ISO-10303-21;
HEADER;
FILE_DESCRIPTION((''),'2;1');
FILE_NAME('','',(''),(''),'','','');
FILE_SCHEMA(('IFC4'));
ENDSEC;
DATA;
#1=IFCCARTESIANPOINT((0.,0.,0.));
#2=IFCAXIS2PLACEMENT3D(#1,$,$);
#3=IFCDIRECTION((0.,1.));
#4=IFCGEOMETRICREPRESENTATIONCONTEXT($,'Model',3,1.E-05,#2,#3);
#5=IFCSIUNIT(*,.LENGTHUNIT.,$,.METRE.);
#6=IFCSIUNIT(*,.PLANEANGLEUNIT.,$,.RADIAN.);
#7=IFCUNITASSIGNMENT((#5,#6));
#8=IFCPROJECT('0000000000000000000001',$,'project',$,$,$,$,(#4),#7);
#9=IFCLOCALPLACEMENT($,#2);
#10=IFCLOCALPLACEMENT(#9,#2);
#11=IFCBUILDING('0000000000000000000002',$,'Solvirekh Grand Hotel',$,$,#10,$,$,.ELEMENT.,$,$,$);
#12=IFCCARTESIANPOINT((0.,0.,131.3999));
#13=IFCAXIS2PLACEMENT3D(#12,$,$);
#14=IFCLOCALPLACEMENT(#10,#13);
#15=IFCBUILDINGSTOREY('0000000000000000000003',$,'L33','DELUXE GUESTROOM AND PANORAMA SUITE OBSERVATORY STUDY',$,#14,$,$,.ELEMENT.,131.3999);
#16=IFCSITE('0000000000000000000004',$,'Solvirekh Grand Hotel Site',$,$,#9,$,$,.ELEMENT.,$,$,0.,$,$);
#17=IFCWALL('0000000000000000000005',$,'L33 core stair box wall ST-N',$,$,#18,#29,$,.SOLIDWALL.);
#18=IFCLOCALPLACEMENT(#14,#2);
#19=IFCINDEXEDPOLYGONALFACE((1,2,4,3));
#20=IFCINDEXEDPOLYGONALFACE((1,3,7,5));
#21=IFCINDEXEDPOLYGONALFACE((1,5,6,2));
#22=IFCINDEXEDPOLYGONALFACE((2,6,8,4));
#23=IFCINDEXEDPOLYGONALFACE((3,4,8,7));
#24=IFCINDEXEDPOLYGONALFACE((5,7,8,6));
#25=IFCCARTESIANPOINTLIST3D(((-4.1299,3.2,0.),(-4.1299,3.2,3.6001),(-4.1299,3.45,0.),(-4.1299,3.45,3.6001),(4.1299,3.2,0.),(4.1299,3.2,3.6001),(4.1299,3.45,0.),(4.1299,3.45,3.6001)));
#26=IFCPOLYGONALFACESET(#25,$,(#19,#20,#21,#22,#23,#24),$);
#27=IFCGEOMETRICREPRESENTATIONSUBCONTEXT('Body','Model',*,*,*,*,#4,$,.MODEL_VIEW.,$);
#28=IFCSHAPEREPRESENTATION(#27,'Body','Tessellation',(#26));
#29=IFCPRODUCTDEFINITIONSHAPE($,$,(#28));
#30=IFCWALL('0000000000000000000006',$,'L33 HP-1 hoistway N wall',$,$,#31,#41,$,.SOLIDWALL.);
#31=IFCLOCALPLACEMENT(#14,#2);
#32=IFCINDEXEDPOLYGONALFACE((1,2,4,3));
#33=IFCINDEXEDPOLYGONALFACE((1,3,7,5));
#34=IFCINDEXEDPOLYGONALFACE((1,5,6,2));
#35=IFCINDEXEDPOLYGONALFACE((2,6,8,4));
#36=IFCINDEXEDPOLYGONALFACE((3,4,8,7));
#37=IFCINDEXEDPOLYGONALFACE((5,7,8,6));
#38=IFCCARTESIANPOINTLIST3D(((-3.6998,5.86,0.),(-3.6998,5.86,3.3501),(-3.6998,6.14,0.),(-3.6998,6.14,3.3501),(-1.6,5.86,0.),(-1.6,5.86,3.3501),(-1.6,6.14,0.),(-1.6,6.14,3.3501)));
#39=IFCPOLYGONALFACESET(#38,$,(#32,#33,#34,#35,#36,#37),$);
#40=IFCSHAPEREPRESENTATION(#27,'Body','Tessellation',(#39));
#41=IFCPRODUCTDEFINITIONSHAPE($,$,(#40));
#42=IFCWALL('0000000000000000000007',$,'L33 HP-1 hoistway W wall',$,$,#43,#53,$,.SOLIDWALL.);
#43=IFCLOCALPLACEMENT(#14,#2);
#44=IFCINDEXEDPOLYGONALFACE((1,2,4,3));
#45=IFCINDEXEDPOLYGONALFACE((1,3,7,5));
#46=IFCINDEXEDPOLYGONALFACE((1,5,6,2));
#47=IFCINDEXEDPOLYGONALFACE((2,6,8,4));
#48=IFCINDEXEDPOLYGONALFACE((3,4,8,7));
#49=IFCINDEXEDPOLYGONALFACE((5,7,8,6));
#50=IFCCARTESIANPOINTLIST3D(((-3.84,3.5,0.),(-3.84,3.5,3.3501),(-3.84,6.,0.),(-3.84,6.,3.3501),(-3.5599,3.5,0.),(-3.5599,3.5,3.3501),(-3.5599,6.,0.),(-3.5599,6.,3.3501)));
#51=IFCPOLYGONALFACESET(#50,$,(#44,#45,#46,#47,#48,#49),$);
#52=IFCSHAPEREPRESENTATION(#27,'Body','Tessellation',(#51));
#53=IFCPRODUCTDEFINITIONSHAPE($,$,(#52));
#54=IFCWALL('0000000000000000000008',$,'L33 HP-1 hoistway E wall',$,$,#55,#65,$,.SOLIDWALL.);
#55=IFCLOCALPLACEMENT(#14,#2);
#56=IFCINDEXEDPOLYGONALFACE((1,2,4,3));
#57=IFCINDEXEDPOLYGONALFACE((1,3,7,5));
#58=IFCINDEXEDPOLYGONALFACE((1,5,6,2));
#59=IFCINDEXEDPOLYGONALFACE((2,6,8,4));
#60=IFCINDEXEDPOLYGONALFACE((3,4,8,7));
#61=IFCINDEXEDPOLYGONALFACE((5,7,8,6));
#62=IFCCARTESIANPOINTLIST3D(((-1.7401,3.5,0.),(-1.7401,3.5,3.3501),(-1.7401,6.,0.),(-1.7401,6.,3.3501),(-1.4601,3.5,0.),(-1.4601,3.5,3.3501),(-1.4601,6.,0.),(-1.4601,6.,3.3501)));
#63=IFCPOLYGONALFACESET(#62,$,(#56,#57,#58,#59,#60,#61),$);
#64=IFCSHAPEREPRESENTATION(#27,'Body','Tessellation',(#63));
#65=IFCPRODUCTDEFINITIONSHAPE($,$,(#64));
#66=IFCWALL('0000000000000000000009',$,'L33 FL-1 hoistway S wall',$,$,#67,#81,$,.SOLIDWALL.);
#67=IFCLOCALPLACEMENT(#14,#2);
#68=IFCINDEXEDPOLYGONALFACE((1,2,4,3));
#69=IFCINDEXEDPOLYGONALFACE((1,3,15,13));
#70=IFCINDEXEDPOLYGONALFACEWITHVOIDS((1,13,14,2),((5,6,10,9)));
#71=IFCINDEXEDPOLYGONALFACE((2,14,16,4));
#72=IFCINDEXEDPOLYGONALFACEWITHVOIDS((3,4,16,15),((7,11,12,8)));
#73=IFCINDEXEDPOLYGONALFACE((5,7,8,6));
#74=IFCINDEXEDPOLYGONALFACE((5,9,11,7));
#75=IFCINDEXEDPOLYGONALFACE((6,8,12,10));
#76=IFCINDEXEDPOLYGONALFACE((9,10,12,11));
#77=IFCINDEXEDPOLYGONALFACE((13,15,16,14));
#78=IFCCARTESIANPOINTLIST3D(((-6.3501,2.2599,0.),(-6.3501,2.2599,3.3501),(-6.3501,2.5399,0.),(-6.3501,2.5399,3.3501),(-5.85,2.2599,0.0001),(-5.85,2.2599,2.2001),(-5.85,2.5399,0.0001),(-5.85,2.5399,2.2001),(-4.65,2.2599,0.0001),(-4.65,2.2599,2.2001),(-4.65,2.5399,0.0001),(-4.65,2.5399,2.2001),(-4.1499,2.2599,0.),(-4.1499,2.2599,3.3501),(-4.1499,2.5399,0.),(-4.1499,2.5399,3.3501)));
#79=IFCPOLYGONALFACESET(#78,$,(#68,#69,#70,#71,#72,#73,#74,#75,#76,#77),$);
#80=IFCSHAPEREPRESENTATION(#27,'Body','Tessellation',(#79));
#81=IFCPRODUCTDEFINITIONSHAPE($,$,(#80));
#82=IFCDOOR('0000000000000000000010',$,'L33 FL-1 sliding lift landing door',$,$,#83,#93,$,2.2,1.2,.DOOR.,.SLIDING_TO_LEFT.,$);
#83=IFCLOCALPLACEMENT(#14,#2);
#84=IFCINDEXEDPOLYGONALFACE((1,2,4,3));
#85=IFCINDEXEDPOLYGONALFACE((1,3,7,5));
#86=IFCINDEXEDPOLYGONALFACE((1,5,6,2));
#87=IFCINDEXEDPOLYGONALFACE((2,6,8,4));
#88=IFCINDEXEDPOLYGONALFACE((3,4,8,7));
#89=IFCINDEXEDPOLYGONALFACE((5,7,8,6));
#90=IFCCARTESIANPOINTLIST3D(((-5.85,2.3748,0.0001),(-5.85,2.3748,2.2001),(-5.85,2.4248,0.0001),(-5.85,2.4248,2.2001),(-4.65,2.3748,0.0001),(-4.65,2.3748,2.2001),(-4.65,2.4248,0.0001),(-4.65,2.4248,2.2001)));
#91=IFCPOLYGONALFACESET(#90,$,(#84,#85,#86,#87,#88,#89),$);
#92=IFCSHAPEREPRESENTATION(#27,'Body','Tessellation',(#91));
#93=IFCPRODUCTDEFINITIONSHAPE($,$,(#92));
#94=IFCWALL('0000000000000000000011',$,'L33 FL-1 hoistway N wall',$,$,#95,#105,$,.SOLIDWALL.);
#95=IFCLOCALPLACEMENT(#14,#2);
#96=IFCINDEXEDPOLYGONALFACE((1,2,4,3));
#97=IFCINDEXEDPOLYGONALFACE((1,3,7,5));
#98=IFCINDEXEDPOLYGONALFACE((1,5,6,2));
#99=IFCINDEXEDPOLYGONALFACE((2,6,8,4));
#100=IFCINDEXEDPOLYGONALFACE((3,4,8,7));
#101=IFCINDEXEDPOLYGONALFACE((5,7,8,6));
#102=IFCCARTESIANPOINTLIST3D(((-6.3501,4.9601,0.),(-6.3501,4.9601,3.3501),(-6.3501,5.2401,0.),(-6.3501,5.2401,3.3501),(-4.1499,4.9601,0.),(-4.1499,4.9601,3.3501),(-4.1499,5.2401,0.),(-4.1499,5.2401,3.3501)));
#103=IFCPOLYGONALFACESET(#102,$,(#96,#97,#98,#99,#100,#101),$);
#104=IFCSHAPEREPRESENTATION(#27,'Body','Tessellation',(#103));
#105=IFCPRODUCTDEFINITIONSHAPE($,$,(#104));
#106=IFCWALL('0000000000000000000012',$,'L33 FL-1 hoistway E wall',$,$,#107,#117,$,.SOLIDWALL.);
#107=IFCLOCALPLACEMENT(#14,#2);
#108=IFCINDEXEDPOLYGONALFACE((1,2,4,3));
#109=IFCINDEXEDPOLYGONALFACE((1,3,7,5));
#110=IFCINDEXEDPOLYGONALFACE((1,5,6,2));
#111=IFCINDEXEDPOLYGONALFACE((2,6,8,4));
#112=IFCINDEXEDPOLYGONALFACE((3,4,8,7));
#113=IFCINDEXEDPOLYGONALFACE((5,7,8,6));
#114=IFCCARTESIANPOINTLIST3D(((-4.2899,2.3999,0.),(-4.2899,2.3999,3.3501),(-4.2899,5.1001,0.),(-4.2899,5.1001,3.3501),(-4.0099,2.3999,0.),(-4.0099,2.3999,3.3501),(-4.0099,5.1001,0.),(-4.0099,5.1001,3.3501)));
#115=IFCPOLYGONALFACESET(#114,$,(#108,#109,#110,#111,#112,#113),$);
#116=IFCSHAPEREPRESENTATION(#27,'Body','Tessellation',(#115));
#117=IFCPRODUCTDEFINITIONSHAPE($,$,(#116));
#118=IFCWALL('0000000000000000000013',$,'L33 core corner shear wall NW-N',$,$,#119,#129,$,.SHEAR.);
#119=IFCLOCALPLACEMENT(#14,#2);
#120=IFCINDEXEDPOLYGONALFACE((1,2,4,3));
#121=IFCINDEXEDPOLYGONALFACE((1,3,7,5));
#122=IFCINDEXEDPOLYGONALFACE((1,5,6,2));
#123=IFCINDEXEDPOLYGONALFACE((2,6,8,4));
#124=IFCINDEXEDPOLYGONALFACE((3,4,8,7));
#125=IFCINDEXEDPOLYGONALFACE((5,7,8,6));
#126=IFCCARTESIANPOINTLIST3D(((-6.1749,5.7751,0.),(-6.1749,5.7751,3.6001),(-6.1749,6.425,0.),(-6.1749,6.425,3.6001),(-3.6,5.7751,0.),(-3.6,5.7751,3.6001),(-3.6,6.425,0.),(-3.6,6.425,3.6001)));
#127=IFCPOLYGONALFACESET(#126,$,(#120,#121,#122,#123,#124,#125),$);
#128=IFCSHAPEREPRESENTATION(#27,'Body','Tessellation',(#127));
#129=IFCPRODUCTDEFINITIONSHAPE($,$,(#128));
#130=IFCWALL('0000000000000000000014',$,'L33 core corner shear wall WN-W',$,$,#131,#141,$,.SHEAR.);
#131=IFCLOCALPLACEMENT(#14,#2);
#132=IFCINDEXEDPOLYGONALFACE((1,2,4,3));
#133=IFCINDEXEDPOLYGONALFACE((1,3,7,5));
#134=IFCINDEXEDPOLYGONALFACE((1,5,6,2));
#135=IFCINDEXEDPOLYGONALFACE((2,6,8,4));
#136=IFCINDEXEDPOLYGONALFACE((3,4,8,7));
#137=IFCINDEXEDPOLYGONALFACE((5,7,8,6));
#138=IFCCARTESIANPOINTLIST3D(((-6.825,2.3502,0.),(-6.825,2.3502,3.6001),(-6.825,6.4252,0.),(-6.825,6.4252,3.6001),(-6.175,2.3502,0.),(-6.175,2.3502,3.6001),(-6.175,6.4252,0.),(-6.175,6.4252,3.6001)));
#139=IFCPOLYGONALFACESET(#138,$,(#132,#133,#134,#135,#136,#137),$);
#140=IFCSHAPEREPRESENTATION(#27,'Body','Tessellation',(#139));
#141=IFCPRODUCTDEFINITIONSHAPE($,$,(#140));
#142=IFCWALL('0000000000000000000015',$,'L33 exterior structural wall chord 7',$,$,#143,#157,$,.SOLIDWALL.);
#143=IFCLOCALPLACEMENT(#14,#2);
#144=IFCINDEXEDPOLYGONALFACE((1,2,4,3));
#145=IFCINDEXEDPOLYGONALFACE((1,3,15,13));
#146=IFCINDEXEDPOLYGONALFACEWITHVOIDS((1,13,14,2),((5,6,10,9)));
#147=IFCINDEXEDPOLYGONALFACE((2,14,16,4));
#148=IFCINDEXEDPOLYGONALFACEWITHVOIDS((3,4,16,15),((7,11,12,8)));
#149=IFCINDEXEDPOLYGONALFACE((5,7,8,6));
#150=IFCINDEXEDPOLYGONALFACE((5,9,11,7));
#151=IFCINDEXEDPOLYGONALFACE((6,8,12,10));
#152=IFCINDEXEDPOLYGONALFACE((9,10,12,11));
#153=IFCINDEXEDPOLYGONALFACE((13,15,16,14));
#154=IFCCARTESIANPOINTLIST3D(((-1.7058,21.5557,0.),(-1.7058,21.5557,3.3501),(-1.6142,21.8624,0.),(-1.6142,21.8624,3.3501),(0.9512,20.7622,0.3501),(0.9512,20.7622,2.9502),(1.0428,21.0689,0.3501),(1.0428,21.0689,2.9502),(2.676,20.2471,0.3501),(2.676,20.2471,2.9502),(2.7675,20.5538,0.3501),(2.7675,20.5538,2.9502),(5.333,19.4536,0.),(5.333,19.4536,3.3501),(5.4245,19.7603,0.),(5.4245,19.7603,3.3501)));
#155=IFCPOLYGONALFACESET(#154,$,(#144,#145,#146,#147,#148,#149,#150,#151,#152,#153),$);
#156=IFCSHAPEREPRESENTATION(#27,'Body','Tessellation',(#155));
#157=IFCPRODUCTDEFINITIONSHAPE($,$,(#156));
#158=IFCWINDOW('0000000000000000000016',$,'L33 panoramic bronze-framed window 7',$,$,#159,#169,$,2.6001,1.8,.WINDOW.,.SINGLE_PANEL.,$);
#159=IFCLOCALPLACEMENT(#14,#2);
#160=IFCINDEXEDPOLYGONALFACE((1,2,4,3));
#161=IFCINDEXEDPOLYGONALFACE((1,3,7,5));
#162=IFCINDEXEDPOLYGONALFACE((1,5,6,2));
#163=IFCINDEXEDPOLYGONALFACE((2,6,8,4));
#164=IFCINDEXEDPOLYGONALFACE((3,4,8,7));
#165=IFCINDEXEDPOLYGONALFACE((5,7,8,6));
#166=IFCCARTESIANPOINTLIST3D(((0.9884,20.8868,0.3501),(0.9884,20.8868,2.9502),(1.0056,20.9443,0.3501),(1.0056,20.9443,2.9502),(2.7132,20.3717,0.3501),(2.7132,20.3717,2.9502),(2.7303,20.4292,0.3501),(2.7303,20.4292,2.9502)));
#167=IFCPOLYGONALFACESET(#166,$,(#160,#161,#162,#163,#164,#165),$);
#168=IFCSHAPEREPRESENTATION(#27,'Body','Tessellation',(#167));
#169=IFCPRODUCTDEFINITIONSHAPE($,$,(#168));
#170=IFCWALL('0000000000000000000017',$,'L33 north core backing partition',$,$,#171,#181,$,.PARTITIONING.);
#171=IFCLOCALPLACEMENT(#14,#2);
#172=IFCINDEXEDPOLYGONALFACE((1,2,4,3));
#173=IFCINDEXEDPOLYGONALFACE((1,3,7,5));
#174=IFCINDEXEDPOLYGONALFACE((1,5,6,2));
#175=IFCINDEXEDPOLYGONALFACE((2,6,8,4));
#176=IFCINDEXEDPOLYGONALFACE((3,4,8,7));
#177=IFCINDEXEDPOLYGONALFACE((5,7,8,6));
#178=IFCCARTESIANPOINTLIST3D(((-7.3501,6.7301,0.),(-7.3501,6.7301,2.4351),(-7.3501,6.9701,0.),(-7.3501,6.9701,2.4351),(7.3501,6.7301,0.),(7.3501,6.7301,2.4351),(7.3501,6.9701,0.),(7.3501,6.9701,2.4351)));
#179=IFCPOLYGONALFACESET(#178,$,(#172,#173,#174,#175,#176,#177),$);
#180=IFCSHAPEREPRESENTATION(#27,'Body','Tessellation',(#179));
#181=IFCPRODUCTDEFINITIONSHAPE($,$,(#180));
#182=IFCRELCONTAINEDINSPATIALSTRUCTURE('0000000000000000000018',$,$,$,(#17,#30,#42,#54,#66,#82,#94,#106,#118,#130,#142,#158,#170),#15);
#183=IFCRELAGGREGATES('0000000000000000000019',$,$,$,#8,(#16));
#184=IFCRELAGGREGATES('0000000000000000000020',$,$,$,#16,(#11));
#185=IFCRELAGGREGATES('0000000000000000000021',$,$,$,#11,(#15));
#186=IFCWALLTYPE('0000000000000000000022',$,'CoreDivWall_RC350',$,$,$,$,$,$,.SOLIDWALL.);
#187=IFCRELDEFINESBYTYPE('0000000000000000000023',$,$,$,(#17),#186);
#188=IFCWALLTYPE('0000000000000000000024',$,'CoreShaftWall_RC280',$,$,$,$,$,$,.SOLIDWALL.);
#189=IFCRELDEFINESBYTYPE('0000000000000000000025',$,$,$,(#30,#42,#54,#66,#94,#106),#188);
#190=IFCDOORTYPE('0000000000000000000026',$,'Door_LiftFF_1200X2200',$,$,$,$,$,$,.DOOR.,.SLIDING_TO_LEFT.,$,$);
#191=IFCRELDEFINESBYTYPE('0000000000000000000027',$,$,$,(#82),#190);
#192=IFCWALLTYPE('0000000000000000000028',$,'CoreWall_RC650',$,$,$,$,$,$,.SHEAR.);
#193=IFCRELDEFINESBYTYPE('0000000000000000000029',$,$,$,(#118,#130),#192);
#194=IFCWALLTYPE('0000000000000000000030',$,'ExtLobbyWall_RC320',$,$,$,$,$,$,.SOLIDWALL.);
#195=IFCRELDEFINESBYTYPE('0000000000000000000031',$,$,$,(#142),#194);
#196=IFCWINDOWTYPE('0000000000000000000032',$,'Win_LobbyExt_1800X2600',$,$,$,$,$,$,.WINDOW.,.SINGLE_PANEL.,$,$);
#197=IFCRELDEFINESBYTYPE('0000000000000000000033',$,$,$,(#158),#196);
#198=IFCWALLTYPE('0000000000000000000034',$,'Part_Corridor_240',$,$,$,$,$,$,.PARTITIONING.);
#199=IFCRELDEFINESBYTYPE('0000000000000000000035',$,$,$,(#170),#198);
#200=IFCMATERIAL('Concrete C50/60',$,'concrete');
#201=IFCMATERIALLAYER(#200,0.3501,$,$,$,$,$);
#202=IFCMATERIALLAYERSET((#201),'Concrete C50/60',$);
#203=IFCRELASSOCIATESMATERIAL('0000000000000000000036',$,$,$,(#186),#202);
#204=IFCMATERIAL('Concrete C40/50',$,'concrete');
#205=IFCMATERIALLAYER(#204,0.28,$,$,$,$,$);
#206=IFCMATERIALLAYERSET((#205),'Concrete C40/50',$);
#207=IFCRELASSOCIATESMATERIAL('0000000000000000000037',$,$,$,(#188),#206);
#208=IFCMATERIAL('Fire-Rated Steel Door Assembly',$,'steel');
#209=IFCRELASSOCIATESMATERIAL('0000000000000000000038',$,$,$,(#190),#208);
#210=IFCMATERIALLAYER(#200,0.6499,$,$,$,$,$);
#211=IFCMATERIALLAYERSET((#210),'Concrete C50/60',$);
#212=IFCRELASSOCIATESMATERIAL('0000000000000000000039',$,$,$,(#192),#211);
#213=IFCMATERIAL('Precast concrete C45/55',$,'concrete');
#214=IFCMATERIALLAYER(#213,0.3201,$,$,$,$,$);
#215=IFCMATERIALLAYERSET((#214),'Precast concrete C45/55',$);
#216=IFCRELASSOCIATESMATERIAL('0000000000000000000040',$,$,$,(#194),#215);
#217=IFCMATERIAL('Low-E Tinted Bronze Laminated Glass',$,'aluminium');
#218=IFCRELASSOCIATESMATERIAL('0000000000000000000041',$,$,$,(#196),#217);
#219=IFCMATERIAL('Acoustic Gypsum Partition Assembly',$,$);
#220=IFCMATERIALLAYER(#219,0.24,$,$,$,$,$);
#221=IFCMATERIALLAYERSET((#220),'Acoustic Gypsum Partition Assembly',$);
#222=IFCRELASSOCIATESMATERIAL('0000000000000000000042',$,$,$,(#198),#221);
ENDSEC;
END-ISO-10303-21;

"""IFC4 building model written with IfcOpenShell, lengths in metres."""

from ifc_helpers import new_model, si_unit, direction, frame, frame_2d, origin, place, context, subcontext, project, spatial, rectangle, extrude, material, layer, layer_set, type_object, element, fill, save


model = new_model("IFC4")

# Units and contexts
model_context = context("Model", 3, precision=1e-05, world=origin(), true_north=direction((0.0, 1.0)))
body_context = subcontext(model_context, "Body", "Model", "MODEL_VIEW")
ifc_project = project(units=[si_unit("LENGTHUNIT", "METRE"), si_unit("PLANEANGLEUNIT", "RADIAN")], contexts=[model_context])

# Site, building, storey
site_placement = place(None, origin())
site = spatial("IfcSite", under=ifc_project, at=site_placement, Name="Solvirekh Grand Hotel Site", CompositionType="ELEMENT", RefElevation=0.0)
building_placement = place(site_placement, origin())
building = spatial("IfcBuilding", under=site, at=building_placement, Name="Solvirekh Grand Hotel", CompositionType="ELEMENT")
storey_placement = place(building_placement, frame((0.0, 0.0, 131.3999)))
storey = spatial("IfcBuildingStorey", under=building, at=storey_placement, Name="L33", Description="DELUXE GUESTROOM AND PANORAMA SUITE OBSERVATORY STUDY", CompositionType="ELEMENT", Elevation=131.3999)

# Shared definitions
ifc_material_1 = material(Name="Concrete C50/60", Category="concrete")

# Shared definitions
ifc_material_2 = material(Name="Low-E Tinted Bronze Laminated Glass", Category="aluminium")

# Walls
ifc_layer_1 = layer(ifc_material_1, 0.3501)
ifc_layer_set_1 = layer_set([ifc_layer_1], Name="Concrete C50/60")
wall_type_1 = type_object("IfcWallType", Name="CoreDivWall_RC350", PredefinedType="SOLIDWALL", material=ifc_layer_set_1)
wall_1_placement = place(storey_placement, frame((-4.1299, 3.325, 0.0), z_axis=(0.0, 0.0, 1.0), x_axis=(1.0, 0.0, 0.0)))
element("IfcWall", 1, at=wall_1_placement, inside=storey, type_object=wall_type_1, Name="L33 core stair box wall ST-N", PredefinedType="SOLIDWALL", context=body_context, shape_type="SweptSolid", body=[
    extrude(rectangle(XDim=8.2598, YDim=0.25, at=frame_2d((4.1299, 0.0))), origin(), (0.0, 0.0, 1.0), 3.6001),
])
ifc_material_3 = material(Name="Concrete C40/50", Category="concrete")
ifc_layer_2 = layer(ifc_material_3, 0.28)
ifc_layer_set_2 = layer_set([ifc_layer_2], Name="Concrete C40/50")
wall_type_2 = type_object("IfcWallType", Name="CoreShaftWall_RC280", PredefinedType="SOLIDWALL", material=ifc_layer_set_2)
wall_2_placement = place(storey_placement, frame((-1.6001, 6.0, 0.0), z_axis=(0.0, 0.0, 1.0), x_axis=(-1.0, 0.0, 0.0)))
element("IfcWall", 2, at=wall_2_placement, inside=storey, type_object=wall_type_2, Name="L33 HP-1 hoistway N wall", PredefinedType="SOLIDWALL", context=body_context, shape_type="SweptSolid", body=[
    extrude(rectangle(XDim=2.0999, YDim=0.28, at=frame_2d((1.0498, 0.0))), origin(), (0.0, 0.0, 1.0), 3.3501),
])
for number, where, z_axis, x_axis, name in (
    (3, (-3.7, 6.0, 0.0), (0.0, 0.0, 1.0), (0.0, -1.0, 0.0), "L33 HP-1 hoistway W wall"),
    (4, (-1.6001, 3.5, 0.0), (0.0, 0.0, 1.0), (0.0, 1.0, 0.0), "L33 HP-1 hoistway E wall"),
):
    element("IfcWall", number, at=place(storey_placement, frame(where, z_axis=z_axis, x_axis=x_axis)), inside=storey, type_object=wall_type_2, Name=name, PredefinedType="SOLIDWALL", context=body_context, shape_type="SweptSolid", body=[
        extrude(rectangle(XDim=2.5, YDim=0.28, at=frame_2d((1.25, 0.0))), origin(), (0.0, 0.0, 1.0), 3.3501),
    ])

# Wall, opening, door
wall_3_placement = place(storey_placement, frame((-6.3501, 2.3999, 0.0), z_axis=(0.0, 0.0, 1.0), x_axis=(1.0, 0.0, 0.0)))
wall_3 = element("IfcWall", 5, at=wall_3_placement, inside=storey, type_object=wall_type_2, Name="L33 FL-1 hoistway S wall", PredefinedType="SOLIDWALL", context=body_context, shape_type="SweptSolid", body=[
    extrude(rectangle(XDim=2.2002, YDim=0.28, at=frame_2d((1.1001, 0.0))), origin(), (0.0, 0.0, 1.0), 3.3501),
])
opening_1_placement = place(wall_3_placement, frame((0.5, 0.0, 0.0)))
opening_1 = element("IfcOpeningElement", 6, at=opening_1_placement, cuts=wall_3, PredefinedType="OPENING", context=body_context, shape_type="SweptSolid", body=[
    extrude(rectangle(XDim=1.2, YDim=2.2, at=frame_2d((0.6001, 1.1001))), frame((0.0, 0.1499, 0.0), z_axis=(0.0, -1.0, 0.0), x_axis=(1.0, 0.0, 0.0)), (0.0, 0.0, 1.0), 0.3),
])
ifc_material_4 = material(Name="Fire-Rated Steel Door Assembly", Category="steel")
door_type = type_object("IfcDoorType", Name="Door_LiftFF_1200X2200", OperationType="SLIDING_TO_LEFT", PredefinedType="DOOR", material=ifc_material_4)
door_placement = place(opening_1_placement, origin())
door = element("IfcDoor", 7, at=door_placement, inside=storey, type_object=door_type, Name="L33 FL-1 sliding lift landing door", OperationType="SLIDING_TO_LEFT", OverallHeight=2.2, OverallWidth=1.2, PredefinedType="DOOR", context=body_context, shape_type="SweptSolid", body=[
    extrude(rectangle(XDim=1.2, YDim=2.2, at=frame_2d((0.6001, 1.1001))), frame((0.0, 0.0249, 0.0), z_axis=(0.0, -1.0, 0.0), x_axis=(1.0, 0.0, 0.0)), (0.0, 0.0, 1.0), 0.05),
])
fill(opening_1, door)

# Walls
wall_4_placement = place(storey_placement, frame((-4.1499, 5.1001, 0.0), z_axis=(0.0, 0.0, 1.0), x_axis=(-1.0, 0.0, 0.0)))
element("IfcWall", 8, at=wall_4_placement, inside=storey, type_object=wall_type_2, Name="L33 FL-1 hoistway N wall", PredefinedType="SOLIDWALL", context=body_context, shape_type="SweptSolid", body=[
    extrude(rectangle(XDim=2.2002, YDim=0.28, at=frame_2d((1.1001, 0.0))), origin(), (0.0, 0.0, 1.0), 3.3501),
])
wall_5_placement = place(storey_placement, frame((-4.1499, 2.3999, 0.0), z_axis=(0.0, 0.0, 1.0), x_axis=(0.0, 1.0, 0.0)))
element("IfcWall", 9, at=wall_5_placement, inside=storey, type_object=wall_type_2, Name="L33 FL-1 hoistway E wall", PredefinedType="SOLIDWALL", context=body_context, shape_type="SweptSolid", body=[
    extrude(rectangle(XDim=2.7002, YDim=0.28, at=frame_2d((1.3501, 0.0))), origin(), (0.0, 0.0, 1.0), 3.3501),
])
ifc_layer_3 = layer(ifc_material_1, 0.6499)
ifc_layer_set_3 = layer_set([ifc_layer_3], Name="Concrete C50/60")
wall_type_3 = type_object("IfcWallType", Name="CoreWall_RC650", PredefinedType="SHEAR", material=ifc_layer_set_3)
wall_6_placement = place(storey_placement, frame((-6.175, 6.1001, 0.0), z_axis=(0.0, 0.0, 1.0), x_axis=(1.0, 0.0, 0.0)))
element("IfcWall", 10, at=wall_6_placement, inside=storey, type_object=wall_type_3, Name="L33 core corner shear wall NW-N", PredefinedType="SHEAR", context=body_context, shape_type="SweptSolid", body=[
    extrude(rectangle(XDim=2.575, YDim=0.6499, at=frame_2d((1.2876, 0.0))), origin(), (0.0, 0.0, 1.0), 3.6001),
])
wall_7_placement = place(storey_placement, frame((-6.5, 2.3501, 0.0), z_axis=(0.0, 0.0, 1.0), x_axis=(0.0, 1.0, 0.0)))
element("IfcWall", 11, at=wall_7_placement, inside=storey, type_object=wall_type_3, Name="L33 core corner shear wall WN-W", PredefinedType="SHEAR", context=body_context, shape_type="SweptSolid", body=[
    extrude(rectangle(XDim=4.075, YDim=0.6499, at=frame_2d((2.0376, 0.0))), origin(), (0.0, 0.0, 1.0), 3.6001),
])

# Wall, opening, window
ifc_material_5 = material(Name="Precast concrete C45/55", Category="concrete")
ifc_layer_4 = layer(ifc_material_5, 0.3201)
ifc_layer_set_4 = layer_set([ifc_layer_4], Name="Precast concrete C45/55")
wall_type_4 = type_object("IfcWallType", Name="ExtLobbyWall_RC320", PredefinedType="SOLIDWALL", material=ifc_layer_set_4)
wall_8_placement = place(storey_placement, frame((-1.6599, 21.709, 0.0), z_axis=(0.0, 0.0, 1.0), x_axis=(0.958185, -0.286149, 0.0)))
wall_8 = element("IfcWall", 12, at=wall_8_placement, inside=storey, type_object=wall_type_4, Name="L33 exterior structural wall chord 7", PredefinedType="SOLIDWALL", context=body_context, shape_type="SweptSolid", body=[
    extrude(rectangle(XDim=7.3459, YDim=0.3201, at=frame_2d((3.6729, 0.0))), origin(), (0.0, 0.0, 1.0), 3.3501),
])
opening_2_placement = place(wall_8_placement, frame((2.7729, 0.0, 0.3501)))
opening_2 = element("IfcOpeningElement", 13, at=opening_2_placement, cuts=wall_8, PredefinedType="OPENING", context=body_context, shape_type="SweptSolid", body=[
    extrude(rectangle(XDim=1.8, YDim=2.6001, at=frame_2d((0.8999, 1.3))), frame((0.0, 0.1699, 0.0), z_axis=(0.0, -1.0, 0.0), x_axis=(1.0, 0.0, 0.0)), (0.0, 0.0, 1.0), 0.3401),
])
window_type = type_object("IfcWindowType", Name="Win_LobbyExt_1800X2600", PartitioningType="SINGLE_PANEL", PredefinedType="WINDOW", material=ifc_material_2)
window_placement = place(opening_2_placement, origin())
window = element("IfcWindow", 14, at=window_placement, inside=storey, type_object=window_type, Name="L33 panoramic bronze-framed window 7", OverallHeight=2.6001, OverallWidth=1.8, PartitioningType="SINGLE_PANEL", PredefinedType="WINDOW", context=body_context, shape_type="SweptSolid", body=[
    extrude(rectangle(XDim=1.8, YDim=2.6001, at=frame_2d((0.8999, 1.3))), frame((0.0, 0.03, 0.0), z_axis=(0.0, -1.0, 0.0), x_axis=(1.0, 0.0, 0.0)), (0.0, 0.0, 1.0), 0.0601),
])
fill(opening_2, window)

# Wall
ifc_material_6 = material(Name="Acoustic Gypsum Partition Assembly")
ifc_layer_5 = layer(ifc_material_6, 0.24)
ifc_layer_set_5 = layer_set([ifc_layer_5], Name="Acoustic Gypsum Partition Assembly")
wall_type_5 = type_object("IfcWallType", Name="Part_Corridor_240", PredefinedType="PARTITIONING", material=ifc_layer_set_5)
wall_9_placement = place(storey_placement, frame((-7.3501, 6.8501, 0.0), z_axis=(0.0, 0.0, 1.0), x_axis=(1.0, 0.0, 0.0)))
element("IfcWall", 15, at=wall_9_placement, inside=storey, type_object=wall_type_5, Name="L33 north core backing partition", PredefinedType="PARTITIONING", context=body_context, shape_type="SweptSolid", body=[
    extrude(rectangle(XDim=14.7002, YDim=0.24, at=frame_2d((7.3501, 0.0))), origin(), (0.0, 0.0, 1.0), 2.4351),
])

save(model, "model.ifc")
